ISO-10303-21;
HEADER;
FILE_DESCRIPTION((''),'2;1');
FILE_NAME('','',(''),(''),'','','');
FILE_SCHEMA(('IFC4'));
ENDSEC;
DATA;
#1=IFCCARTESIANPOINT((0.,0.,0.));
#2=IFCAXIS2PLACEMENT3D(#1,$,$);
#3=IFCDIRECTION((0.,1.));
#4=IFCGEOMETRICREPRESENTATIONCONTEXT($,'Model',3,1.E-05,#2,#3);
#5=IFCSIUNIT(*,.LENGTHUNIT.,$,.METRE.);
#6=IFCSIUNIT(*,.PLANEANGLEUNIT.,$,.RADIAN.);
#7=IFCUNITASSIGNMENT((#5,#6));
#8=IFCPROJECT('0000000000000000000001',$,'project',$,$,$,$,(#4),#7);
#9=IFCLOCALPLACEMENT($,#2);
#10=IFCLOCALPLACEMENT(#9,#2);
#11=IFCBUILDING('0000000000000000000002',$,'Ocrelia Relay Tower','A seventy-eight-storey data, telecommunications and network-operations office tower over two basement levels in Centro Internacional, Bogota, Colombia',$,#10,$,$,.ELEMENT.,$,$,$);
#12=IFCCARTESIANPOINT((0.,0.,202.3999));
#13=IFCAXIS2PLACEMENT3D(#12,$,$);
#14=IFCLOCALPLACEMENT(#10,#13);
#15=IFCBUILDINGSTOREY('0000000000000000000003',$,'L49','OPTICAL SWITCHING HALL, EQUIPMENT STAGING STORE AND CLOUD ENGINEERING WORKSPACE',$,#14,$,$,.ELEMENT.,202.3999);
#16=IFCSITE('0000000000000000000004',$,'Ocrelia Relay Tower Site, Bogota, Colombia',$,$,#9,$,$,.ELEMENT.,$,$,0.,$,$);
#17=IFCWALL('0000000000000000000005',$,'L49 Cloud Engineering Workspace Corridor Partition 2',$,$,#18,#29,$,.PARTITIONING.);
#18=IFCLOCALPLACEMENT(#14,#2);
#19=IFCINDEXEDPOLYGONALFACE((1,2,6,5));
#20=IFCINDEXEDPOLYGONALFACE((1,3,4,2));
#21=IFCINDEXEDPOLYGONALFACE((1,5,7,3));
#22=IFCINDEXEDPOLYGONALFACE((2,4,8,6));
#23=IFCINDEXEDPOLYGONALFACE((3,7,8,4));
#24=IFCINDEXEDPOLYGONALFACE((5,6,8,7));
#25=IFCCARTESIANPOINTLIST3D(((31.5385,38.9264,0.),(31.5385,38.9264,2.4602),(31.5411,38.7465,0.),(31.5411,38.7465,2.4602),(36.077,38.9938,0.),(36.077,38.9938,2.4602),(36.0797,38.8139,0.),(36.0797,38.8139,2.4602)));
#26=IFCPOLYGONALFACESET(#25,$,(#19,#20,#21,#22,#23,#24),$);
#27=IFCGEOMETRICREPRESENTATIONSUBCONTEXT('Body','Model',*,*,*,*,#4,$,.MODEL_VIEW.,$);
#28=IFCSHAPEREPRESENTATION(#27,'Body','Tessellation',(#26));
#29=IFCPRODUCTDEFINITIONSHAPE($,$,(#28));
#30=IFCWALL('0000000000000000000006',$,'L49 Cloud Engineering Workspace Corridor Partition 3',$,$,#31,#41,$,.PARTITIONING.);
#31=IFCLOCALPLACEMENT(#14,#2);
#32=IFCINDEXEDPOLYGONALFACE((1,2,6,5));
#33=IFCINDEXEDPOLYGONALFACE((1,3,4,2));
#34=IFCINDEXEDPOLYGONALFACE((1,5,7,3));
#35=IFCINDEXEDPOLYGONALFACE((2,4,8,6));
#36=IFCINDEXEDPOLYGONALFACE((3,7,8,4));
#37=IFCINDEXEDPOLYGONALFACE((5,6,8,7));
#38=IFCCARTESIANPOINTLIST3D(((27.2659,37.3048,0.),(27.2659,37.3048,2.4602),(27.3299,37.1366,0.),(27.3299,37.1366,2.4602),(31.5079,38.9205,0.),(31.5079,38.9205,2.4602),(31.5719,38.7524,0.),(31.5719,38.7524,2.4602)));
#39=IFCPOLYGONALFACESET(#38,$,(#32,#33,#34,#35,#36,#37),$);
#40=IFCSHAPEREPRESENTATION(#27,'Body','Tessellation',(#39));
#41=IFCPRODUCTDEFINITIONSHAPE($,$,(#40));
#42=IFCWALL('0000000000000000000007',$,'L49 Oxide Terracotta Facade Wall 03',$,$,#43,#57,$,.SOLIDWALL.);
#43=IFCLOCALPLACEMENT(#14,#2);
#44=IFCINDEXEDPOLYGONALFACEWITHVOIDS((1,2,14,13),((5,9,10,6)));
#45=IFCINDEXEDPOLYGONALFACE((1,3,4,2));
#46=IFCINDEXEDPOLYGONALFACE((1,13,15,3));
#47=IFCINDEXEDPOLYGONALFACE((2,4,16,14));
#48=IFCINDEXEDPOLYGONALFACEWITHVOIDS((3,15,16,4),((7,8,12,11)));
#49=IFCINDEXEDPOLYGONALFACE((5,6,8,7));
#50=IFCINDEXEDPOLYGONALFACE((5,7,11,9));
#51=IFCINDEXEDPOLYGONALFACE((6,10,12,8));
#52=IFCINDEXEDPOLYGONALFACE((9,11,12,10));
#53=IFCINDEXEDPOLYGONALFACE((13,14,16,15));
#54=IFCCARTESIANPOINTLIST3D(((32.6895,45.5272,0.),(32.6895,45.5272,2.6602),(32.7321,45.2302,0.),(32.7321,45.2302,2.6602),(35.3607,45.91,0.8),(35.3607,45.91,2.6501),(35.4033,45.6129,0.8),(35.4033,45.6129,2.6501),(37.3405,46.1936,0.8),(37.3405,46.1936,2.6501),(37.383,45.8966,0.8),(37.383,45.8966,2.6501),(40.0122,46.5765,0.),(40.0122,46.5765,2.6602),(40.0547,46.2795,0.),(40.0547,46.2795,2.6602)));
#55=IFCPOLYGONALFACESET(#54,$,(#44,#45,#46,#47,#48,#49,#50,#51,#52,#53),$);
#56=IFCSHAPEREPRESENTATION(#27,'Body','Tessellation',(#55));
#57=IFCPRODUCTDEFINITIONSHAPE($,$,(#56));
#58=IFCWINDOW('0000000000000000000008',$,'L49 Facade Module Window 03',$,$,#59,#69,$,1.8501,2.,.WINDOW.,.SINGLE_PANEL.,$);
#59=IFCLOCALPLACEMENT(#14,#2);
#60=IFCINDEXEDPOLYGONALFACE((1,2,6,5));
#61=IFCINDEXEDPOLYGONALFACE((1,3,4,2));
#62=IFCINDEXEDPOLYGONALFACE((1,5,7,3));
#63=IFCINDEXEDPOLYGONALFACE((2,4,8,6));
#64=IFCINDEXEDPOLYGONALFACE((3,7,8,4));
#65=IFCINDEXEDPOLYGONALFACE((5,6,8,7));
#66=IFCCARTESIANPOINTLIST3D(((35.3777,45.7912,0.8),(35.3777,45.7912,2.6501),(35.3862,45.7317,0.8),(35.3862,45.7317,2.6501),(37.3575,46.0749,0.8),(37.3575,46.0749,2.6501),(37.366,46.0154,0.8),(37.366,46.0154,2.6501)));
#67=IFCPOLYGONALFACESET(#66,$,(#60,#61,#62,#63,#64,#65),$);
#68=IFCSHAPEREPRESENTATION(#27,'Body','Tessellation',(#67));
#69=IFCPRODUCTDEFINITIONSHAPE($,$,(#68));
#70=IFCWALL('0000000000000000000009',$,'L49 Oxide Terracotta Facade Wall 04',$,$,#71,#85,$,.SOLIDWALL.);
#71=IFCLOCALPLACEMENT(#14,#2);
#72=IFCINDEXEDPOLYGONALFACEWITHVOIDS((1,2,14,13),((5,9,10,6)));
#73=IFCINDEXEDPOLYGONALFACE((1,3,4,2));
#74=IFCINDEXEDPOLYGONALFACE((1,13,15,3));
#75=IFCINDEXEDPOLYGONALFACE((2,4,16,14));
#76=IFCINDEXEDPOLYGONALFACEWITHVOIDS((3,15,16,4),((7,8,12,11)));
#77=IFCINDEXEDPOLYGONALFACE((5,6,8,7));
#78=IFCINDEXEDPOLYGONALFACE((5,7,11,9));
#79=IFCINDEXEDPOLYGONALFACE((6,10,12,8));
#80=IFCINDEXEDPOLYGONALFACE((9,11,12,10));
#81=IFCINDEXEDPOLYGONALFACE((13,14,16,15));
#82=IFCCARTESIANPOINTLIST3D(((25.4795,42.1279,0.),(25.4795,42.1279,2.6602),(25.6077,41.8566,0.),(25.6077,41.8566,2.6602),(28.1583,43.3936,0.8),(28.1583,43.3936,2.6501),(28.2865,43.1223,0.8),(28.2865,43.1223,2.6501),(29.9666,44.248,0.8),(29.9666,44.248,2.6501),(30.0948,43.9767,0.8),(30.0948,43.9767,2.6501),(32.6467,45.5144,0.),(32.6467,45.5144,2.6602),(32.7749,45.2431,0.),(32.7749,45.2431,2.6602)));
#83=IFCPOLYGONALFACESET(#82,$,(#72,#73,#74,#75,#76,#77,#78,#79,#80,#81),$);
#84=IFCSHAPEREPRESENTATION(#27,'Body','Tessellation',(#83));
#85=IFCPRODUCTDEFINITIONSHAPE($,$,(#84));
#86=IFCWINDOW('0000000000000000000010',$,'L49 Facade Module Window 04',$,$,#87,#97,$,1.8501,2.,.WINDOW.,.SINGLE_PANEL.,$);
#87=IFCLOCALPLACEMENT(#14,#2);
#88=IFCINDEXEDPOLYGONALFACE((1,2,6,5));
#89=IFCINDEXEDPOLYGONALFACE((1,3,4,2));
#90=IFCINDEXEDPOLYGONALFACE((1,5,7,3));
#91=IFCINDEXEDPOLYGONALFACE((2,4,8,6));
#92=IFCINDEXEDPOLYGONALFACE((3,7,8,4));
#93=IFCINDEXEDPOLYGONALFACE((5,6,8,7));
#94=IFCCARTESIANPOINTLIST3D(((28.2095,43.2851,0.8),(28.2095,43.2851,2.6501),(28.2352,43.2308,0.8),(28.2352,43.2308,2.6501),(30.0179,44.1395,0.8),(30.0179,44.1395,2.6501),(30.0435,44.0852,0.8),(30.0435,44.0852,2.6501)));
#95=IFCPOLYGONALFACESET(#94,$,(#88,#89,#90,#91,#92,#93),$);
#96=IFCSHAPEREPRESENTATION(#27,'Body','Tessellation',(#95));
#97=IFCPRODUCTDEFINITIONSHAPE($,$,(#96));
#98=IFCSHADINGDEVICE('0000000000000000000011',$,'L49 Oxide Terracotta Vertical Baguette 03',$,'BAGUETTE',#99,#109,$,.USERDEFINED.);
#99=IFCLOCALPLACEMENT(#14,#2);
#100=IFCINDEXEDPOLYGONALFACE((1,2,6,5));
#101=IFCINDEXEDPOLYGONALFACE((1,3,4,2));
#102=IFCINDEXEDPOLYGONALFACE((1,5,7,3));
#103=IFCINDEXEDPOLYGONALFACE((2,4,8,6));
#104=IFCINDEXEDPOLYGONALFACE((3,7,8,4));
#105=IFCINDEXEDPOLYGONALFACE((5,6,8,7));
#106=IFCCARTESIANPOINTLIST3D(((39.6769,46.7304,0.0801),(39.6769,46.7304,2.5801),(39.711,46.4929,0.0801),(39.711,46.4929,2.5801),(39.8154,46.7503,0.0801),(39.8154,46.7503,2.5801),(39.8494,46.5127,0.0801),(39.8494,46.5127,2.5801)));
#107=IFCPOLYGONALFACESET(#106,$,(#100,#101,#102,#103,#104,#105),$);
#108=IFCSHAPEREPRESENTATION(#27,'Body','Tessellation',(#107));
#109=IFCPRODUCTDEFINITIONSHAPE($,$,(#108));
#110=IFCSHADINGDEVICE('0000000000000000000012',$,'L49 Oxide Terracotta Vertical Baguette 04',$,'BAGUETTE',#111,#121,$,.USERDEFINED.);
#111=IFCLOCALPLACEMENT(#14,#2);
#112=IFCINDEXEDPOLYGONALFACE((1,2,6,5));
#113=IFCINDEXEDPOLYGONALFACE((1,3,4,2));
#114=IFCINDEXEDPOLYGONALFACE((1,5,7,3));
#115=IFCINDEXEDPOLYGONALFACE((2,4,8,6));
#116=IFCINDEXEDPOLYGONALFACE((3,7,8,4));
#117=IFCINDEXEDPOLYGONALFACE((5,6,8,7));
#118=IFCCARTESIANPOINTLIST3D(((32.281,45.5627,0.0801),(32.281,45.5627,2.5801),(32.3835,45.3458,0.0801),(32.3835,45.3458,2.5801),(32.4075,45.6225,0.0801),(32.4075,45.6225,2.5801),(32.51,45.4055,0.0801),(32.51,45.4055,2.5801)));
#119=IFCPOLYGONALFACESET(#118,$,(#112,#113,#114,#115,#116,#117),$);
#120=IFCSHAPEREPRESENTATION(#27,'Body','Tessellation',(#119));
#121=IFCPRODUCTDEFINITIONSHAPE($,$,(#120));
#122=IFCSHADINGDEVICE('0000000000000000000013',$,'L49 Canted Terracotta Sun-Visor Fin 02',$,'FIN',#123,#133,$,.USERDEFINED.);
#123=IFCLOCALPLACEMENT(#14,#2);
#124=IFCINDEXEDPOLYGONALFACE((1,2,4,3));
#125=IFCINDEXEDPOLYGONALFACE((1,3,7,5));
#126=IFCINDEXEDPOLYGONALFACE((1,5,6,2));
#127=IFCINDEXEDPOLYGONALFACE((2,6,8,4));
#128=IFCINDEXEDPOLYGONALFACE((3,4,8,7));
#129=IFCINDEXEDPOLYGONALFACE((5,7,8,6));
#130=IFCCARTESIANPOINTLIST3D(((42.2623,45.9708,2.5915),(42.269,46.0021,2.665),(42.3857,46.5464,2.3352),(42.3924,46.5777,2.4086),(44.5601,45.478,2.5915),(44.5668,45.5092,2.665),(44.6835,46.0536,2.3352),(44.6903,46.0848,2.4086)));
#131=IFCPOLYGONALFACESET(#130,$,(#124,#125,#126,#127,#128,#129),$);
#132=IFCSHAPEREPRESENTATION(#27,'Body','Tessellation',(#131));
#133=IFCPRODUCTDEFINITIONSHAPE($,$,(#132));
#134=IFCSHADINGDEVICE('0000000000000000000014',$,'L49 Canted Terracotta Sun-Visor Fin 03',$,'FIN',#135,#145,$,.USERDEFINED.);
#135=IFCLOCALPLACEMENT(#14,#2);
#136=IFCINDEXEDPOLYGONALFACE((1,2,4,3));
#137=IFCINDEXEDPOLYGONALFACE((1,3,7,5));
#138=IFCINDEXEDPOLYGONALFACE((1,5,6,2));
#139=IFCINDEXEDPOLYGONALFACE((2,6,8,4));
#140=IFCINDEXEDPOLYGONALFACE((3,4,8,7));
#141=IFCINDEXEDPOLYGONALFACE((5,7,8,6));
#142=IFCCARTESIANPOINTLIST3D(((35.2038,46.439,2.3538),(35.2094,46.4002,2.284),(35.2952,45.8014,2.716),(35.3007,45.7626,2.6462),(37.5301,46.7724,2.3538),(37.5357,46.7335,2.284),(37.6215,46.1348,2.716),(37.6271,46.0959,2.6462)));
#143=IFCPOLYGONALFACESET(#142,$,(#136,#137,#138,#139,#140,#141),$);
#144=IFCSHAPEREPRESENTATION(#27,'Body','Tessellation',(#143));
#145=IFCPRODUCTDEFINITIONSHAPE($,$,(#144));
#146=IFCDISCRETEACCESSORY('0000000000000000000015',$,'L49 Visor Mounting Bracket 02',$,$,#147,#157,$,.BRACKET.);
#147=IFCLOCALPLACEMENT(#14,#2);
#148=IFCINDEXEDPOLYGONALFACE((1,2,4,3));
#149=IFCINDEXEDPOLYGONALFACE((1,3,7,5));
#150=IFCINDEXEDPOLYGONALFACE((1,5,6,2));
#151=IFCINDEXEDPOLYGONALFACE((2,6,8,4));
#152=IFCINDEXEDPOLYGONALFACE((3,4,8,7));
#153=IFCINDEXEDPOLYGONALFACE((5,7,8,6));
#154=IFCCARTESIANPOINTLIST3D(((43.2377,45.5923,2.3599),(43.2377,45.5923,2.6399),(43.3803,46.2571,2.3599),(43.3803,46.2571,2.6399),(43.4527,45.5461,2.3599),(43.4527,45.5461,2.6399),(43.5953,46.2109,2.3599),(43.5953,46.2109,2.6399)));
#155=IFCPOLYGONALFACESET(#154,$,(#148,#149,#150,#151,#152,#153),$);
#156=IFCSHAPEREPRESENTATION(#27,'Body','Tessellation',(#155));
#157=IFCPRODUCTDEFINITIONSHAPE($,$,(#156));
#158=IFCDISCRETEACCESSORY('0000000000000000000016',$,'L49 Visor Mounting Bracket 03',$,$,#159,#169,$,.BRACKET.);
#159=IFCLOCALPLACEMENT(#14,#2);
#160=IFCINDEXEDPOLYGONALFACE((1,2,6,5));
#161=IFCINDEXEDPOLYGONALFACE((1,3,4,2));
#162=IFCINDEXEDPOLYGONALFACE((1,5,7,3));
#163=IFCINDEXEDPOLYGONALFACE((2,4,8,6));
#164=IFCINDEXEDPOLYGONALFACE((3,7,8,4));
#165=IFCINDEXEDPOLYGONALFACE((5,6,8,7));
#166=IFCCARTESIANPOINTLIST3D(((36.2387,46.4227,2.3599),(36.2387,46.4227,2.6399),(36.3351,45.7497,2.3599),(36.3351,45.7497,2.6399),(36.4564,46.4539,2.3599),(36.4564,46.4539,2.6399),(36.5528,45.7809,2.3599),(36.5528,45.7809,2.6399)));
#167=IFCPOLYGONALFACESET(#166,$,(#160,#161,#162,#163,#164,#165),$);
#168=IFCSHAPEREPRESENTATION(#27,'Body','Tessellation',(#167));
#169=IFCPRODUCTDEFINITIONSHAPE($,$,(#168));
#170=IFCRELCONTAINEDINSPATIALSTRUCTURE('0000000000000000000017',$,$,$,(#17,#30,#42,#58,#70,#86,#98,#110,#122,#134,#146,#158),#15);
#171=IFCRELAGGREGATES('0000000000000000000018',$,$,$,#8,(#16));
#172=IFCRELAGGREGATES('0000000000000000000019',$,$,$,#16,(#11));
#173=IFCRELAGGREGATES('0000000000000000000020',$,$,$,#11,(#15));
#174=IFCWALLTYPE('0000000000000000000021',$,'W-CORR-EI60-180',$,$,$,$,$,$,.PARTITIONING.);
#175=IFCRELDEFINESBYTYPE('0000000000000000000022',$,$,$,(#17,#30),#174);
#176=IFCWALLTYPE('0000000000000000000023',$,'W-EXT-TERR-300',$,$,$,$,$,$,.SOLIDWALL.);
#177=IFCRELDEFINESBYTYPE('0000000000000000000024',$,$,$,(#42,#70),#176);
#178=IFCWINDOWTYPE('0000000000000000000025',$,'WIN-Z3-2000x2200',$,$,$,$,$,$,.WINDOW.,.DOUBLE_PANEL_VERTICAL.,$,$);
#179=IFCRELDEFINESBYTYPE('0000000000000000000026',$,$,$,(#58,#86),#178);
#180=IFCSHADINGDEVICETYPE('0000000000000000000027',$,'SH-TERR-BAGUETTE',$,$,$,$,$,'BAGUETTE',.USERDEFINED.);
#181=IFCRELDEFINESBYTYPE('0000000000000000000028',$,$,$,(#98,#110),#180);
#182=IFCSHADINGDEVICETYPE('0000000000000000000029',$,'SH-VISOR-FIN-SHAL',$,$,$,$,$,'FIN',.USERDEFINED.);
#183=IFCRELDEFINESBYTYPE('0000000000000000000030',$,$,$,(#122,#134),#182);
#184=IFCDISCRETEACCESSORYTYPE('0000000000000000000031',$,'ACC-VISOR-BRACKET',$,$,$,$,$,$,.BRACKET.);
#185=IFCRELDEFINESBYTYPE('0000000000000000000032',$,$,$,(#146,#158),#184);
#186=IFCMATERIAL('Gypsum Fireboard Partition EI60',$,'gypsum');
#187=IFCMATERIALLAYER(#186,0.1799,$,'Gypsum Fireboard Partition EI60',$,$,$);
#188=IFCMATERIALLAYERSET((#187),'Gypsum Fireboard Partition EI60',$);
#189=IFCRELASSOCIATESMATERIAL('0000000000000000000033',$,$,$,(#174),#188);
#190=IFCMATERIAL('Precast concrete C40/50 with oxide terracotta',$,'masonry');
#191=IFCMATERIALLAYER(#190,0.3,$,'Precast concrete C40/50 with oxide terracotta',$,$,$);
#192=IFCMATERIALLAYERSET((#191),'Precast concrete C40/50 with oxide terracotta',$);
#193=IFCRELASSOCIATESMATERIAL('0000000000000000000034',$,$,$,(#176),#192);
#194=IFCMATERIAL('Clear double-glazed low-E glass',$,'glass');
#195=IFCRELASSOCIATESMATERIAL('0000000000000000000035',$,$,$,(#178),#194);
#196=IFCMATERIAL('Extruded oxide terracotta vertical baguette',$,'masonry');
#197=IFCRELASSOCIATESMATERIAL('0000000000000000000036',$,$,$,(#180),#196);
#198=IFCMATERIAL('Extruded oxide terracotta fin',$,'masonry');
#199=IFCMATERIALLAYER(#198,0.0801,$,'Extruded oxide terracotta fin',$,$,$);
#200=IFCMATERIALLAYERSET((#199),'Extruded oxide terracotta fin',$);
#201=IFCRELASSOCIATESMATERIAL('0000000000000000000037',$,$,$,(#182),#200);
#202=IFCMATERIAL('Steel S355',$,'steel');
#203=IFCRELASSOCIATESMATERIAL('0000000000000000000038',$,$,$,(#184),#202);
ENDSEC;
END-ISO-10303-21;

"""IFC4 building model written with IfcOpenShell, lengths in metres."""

from ifc_helpers import new_model, si_unit, direction, frame, frame_2d, origin, origin_2d, place, context, subcontext, project, spatial, rectangle, extrude, material, layer, layer_set, type_object, element, fill, save


model = new_model("IFC4")

# Units and contexts
model_context = context("Model", 3, precision=1e-05, world=origin(), true_north=direction((0.0, 1.0)))
body_context = subcontext(model_context, "Body", "Model", "MODEL_VIEW")
ifc_project = project(units=[si_unit("LENGTHUNIT", "METRE"), si_unit("PLANEANGLEUNIT", "RADIAN")], contexts=[model_context])

# Site, building, storey
site_placement = place(None, origin())
site = spatial("IfcSite", under=ifc_project, at=site_placement, Name="Ocrelia Relay Tower Site, Bogota, Colombia", CompositionType="ELEMENT", RefElevation=0.0)
building_placement = place(site_placement, origin())
building = spatial("IfcBuilding", under=site, at=building_placement, Name="Ocrelia Relay Tower", Description="A seventy-eight-storey data, telecommunications and network-operations office tower over two basement levels in Centro Internacional, Bogota, Colombia", CompositionType="ELEMENT")
storey_placement = place(building_placement, frame((0.0, 0.0, 202.3999)))
storey = spatial("IfcBuildingStorey", under=building, at=storey_placement, Name="L49", Description="OPTICAL SWITCHING HALL, EQUIPMENT STAGING STORE AND CLOUD ENGINEERING WORKSPACE", CompositionType="ELEMENT", Elevation=202.3999)

# Shared definitions
ifc_material_1 = material(Name="Steel S355", Category="steel")

# Walls
ifc_material_2 = material(Name="Gypsum Fireboard Partition EI60", Category="gypsum")
ifc_layer_1 = layer(ifc_material_2, 0.1799, Name="Gypsum Fireboard Partition EI60")
ifc_layer_set_1 = layer_set([ifc_layer_1], Name="Gypsum Fireboard Partition EI60")
wall_type_1 = type_object("IfcWallType", Name="W-CORR-EI60-180", PredefinedType="PARTITIONING", material=ifc_layer_set_1)
wall_1_placement = place(storey_placement, frame((36.0784, 38.9038, 0.0), z_axis=(0.0, 0.0, 1.0), x_axis=(-0.99989, -0.014845, 0.0)))
element("IfcWall", 1, at=wall_1_placement, inside=storey, type_object=wall_type_1, Name="L49 Cloud Engineering Workspace Corridor Partition 2", PredefinedType="PARTITIONING", context=body_context, shape_type="SweptSolid", body=[
    extrude(rectangle(XDim=4.5391, YDim=0.1799, at=frame_2d((2.2695, 0.0))), origin(), (0.0, 0.0, 1.0), 2.4602),
])
wall_2_placement = place(storey_placement, frame((31.5398, 38.8364, 0.0), z_axis=(0.0, 0.0, 1.0), x_axis=(-0.934506, -0.355946, 0.0)))
element("IfcWall", 2, at=wall_2_placement, inside=storey, type_object=wall_type_1, Name="L49 Cloud Engineering Workspace Corridor Partition 3", PredefinedType="PARTITIONING", context=body_context, shape_type="SweptSolid", body=[
    extrude(rectangle(XDim=4.5393, YDim=0.1799, at=frame_2d((2.2695, 0.0))), origin(), (0.0, 0.0, 1.0), 2.4602),
])

# Walls, openings, windows
ifc_material_3 = material(Name="Precast concrete C40/50 with oxide terracotta", Category="masonry")
ifc_layer_2 = layer(ifc_material_3, 0.3, Name="Precast concrete C40/50 with oxide terracotta")
ifc_layer_set_2 = layer_set([ifc_layer_2], Name="Precast concrete C40/50 with oxide terracotta")
wall_type_2 = type_object("IfcWallType", Name="W-EXT-TERR-300", PredefinedType="SOLIDWALL", material=ifc_layer_set_2)
wall_3_placement = place(storey_placement, frame((40.0334, 46.428, 0.0), z_axis=(0.0, 0.0, 1.0), x_axis=(-0.989889, -0.141846, 0.0)))
wall_3 = element("IfcWall", 3, at=wall_3_placement, inside=storey, type_object=wall_type_2, Name="L49 Oxide Terracotta Facade Wall 03", PredefinedType="SOLIDWALL", context=body_context, shape_type="SweptSolid", body=[
    extrude(rectangle(XDim=7.3975, YDim=0.3, at=frame_2d((3.6987, 0.0))), origin(), (0.0, 0.0, 1.0), 2.6602),
])
opening_1_placement = place(wall_3_placement, frame((2.699, 0.0, 0.8)))
opening_1 = element("IfcOpeningElement", 4, at=opening_1_placement, cuts=wall_3, PredefinedType="OPENING", context=body_context, shape_type="SweptSolid", body=[
    extrude(rectangle(XDim=2.0, YDim=1.8501, at=frame_2d((1.0, 0.925))), frame((0.0, 0.1602, 0.0), z_axis=(0.0, -1.0, 0.0), x_axis=(1.0, 0.0, 0.0)), (0.0, 0.0, 1.0), 0.3201),
])
ifc_material_4 = material(Name="Clear double-glazed low-E glass", Category="glass")
window_type = type_object("IfcWindowType", Name="WIN-Z3-2000x2200", PartitioningType="DOUBLE_PANEL_VERTICAL", PredefinedType="WINDOW", material=ifc_material_4)
window_1_placement = place(opening_1_placement, origin())
window_1 = element("IfcWindow", 5, at=window_1_placement, inside=storey, type_object=window_type, Name="L49 Facade Module Window 03", OverallHeight=1.8501, OverallWidth=2.0, PartitioningType="SINGLE_PANEL", PredefinedType="WINDOW", context=body_context, shape_type="SweptSolid", body=[
    extrude(rectangle(XDim=2.0, YDim=1.8501, at=frame_2d((1.0, 0.925))), frame((0.0, 0.03, 0.0), z_axis=(0.0, -1.0, 0.0), x_axis=(1.0, 0.0, 0.0)), (0.0, 0.0, 1.0), 0.0601),
])
fill(opening_1, window_1)
wall_4_placement = place(storey_placement, frame((32.7107, 45.3787, 0.0), z_axis=(0.0, 0.0, 1.0), x_axis=(-0.904154, -0.427207, 0.0)))
wall_4 = element("IfcWall", 6, at=wall_4_placement, inside=storey, type_object=wall_type_2, Name="L49 Oxide Terracotta Facade Wall 04", PredefinedType="SOLIDWALL", context=body_context, shape_type="SweptSolid", body=[
    extrude(rectangle(XDim=7.927, YDim=0.3, at=frame_2d((3.9634, 0.0))), origin(), (0.0, 0.0, 1.0), 2.6602),
])
opening_2_placement = place(wall_4_placement, frame((2.9641, 0.0, 0.8)))
opening_2 = element("IfcOpeningElement", 7, at=opening_2_placement, cuts=wall_4, PredefinedType="OPENING", context=body_context, shape_type="SweptSolid", body=[
    extrude(rectangle(XDim=2.0, YDim=1.8501, at=frame_2d((1.0, 0.925))), frame((0.0, 0.1602, 0.0), z_axis=(0.0, -1.0, 0.0), x_axis=(1.0, 0.0, 0.0)), (0.0, 0.0, 1.0), 0.3201),
])
window_2_placement = place(opening_2_placement, origin())
window_2 = element("IfcWindow", 8, at=window_2_placement, inside=storey, type_object=window_type, Name="L49 Facade Module Window 04", OverallHeight=1.8501, OverallWidth=2.0, PartitioningType="SINGLE_PANEL", PredefinedType="WINDOW", context=body_context, shape_type="SweptSolid", body=[
    extrude(rectangle(XDim=2.0, YDim=1.8501, at=frame_2d((1.0, 0.925))), frame((0.0, 0.03, 0.0), z_axis=(0.0, -1.0, 0.0), x_axis=(1.0, 0.0, 0.0)), (0.0, 0.0, 1.0), 0.0601),
])
fill(opening_2, window_2)

# Shading devices
ifc_material_5 = material(Name="Extruded oxide terracotta vertical baguette", Category="masonry")
shading_device_type_1 = type_object("IfcShadingDeviceType", Name="SH-TERR-BAGUETTE", ElementType="BAGUETTE", PredefinedType="USERDEFINED", material=ifc_material_5)
for number, where, z_axis, x_axis, name in (
    (9, (39.7632, 46.6216, 0.0801), (0.0, 0.0, 1.0), (-0.989889, -0.141843, 0.0), "L49 Oxide Terracotta Vertical Baguette 03"),
    (10, (32.3955, 45.4841, 0.0801), (0.0, 0.0, 1.0), (-0.904147, -0.427222, 0.0), "L49 Oxide Terracotta Vertical Baguette 04"),
):
    element("IfcShadingDevice", number, at=place(storey_placement, frame(where, z_axis=z_axis, x_axis=x_axis)), inside=storey, type_object=shading_device_type_1, Name=name, ObjectType="BAGUETTE", PredefinedType="USERDEFINED", context=body_context, shape_type="SweptSolid", body=[
        extrude(rectangle(XDim=0.1399, YDim=0.24, at=origin_2d()), origin(), (0.0, 0.0, 1.0), 2.5),
    ])
ifc_material_6 = material(Name="Extruded oxide terracotta fin", Category="masonry")
ifc_layer_3 = layer(ifc_material_6, 0.0801, Name="Extruded oxide terracotta fin")
ifc_layer_set_3 = layer_set([ifc_layer_3], Name="Extruded oxide terracotta fin")
shading_device_type_2 = type_object("IfcShadingDeviceType", Name="SH-VISOR-FIN-SHAL", ElementType="FIN", PredefinedType="USERDEFINED", material=ifc_layer_set_3)
shading_device_1_placement = place(storey_placement, frame((43.4729, 46.0122, 2.4634), z_axis=(0.083729, 0.39035, 0.916851), x_axis=(-0.97776, 0.209726, 0.0)))
element("IfcShadingDevice", 11, at=shading_device_1_placement, inside=storey, type_object=shading_device_type_2, Name="L49 Canted Terracotta Sun-Visor Fin 02", ObjectType="FIN", PredefinedType="USERDEFINED", context=body_context, shape_type="SweptSolid", body=[
    extrude(rectangle(XDim=2.3501, YDim=0.6421, at=origin_2d()), origin(), (0.0, 0.0, 1.0), 0.0801),
])
shading_device_2_placement = place(storey_placement, frame((36.4182, 46.248, 2.4651), z_axis=(-0.069524, 0.485188, 0.871642), x_axis=(-0.989889, -0.141843, 0.0)))
element("IfcShadingDevice", 12, at=shading_device_2_placement, inside=storey, type_object=shading_device_type_2, Name="L49 Canted Terracotta Sun-Visor Fin 03", ObjectType="FIN", PredefinedType="USERDEFINED", context=body_context, shape_type="SweptSolid", body=[
    extrude(rectangle(XDim=2.3501, YDim=0.739, at=origin_2d()), origin(), (0.0, 0.0, 1.0), 0.0801),
])

# Discrete accessories
discrete_accessory_type = type_object("IfcDiscreteAccessoryType", Name="ACC-VISOR-BRACKET", PredefinedType="BRACKET", material=ifc_material_1)
for number, where, z_axis, x_axis, name in (
    (13, (43.4165, 45.9016, 2.3599), (0.0, 0.0, 1.0), (-0.97776, 0.209726, 0.0), "L49 Visor Mounting Bracket 02"),
    (14, (36.3958, 46.1018, 2.3599), (0.0, 0.0, 1.0), (-0.989889, -0.141843, 0.0), "L49 Visor Mounting Bracket 03"),
):
    element("IfcDiscreteAccessory", number, at=place(storey_placement, frame(where, z_axis=z_axis, x_axis=x_axis)), inside=storey, type_object=discrete_accessory_type, Name=name, PredefinedType="BRACKET", context=body_context, shape_type="SweptSolid", body=[
        extrude(rectangle(XDim=0.22, YDim=0.6799, at=origin_2d()), origin(), (0.0, 0.0, 1.0), 0.28),
    ])

save(model, "model.ifc")
